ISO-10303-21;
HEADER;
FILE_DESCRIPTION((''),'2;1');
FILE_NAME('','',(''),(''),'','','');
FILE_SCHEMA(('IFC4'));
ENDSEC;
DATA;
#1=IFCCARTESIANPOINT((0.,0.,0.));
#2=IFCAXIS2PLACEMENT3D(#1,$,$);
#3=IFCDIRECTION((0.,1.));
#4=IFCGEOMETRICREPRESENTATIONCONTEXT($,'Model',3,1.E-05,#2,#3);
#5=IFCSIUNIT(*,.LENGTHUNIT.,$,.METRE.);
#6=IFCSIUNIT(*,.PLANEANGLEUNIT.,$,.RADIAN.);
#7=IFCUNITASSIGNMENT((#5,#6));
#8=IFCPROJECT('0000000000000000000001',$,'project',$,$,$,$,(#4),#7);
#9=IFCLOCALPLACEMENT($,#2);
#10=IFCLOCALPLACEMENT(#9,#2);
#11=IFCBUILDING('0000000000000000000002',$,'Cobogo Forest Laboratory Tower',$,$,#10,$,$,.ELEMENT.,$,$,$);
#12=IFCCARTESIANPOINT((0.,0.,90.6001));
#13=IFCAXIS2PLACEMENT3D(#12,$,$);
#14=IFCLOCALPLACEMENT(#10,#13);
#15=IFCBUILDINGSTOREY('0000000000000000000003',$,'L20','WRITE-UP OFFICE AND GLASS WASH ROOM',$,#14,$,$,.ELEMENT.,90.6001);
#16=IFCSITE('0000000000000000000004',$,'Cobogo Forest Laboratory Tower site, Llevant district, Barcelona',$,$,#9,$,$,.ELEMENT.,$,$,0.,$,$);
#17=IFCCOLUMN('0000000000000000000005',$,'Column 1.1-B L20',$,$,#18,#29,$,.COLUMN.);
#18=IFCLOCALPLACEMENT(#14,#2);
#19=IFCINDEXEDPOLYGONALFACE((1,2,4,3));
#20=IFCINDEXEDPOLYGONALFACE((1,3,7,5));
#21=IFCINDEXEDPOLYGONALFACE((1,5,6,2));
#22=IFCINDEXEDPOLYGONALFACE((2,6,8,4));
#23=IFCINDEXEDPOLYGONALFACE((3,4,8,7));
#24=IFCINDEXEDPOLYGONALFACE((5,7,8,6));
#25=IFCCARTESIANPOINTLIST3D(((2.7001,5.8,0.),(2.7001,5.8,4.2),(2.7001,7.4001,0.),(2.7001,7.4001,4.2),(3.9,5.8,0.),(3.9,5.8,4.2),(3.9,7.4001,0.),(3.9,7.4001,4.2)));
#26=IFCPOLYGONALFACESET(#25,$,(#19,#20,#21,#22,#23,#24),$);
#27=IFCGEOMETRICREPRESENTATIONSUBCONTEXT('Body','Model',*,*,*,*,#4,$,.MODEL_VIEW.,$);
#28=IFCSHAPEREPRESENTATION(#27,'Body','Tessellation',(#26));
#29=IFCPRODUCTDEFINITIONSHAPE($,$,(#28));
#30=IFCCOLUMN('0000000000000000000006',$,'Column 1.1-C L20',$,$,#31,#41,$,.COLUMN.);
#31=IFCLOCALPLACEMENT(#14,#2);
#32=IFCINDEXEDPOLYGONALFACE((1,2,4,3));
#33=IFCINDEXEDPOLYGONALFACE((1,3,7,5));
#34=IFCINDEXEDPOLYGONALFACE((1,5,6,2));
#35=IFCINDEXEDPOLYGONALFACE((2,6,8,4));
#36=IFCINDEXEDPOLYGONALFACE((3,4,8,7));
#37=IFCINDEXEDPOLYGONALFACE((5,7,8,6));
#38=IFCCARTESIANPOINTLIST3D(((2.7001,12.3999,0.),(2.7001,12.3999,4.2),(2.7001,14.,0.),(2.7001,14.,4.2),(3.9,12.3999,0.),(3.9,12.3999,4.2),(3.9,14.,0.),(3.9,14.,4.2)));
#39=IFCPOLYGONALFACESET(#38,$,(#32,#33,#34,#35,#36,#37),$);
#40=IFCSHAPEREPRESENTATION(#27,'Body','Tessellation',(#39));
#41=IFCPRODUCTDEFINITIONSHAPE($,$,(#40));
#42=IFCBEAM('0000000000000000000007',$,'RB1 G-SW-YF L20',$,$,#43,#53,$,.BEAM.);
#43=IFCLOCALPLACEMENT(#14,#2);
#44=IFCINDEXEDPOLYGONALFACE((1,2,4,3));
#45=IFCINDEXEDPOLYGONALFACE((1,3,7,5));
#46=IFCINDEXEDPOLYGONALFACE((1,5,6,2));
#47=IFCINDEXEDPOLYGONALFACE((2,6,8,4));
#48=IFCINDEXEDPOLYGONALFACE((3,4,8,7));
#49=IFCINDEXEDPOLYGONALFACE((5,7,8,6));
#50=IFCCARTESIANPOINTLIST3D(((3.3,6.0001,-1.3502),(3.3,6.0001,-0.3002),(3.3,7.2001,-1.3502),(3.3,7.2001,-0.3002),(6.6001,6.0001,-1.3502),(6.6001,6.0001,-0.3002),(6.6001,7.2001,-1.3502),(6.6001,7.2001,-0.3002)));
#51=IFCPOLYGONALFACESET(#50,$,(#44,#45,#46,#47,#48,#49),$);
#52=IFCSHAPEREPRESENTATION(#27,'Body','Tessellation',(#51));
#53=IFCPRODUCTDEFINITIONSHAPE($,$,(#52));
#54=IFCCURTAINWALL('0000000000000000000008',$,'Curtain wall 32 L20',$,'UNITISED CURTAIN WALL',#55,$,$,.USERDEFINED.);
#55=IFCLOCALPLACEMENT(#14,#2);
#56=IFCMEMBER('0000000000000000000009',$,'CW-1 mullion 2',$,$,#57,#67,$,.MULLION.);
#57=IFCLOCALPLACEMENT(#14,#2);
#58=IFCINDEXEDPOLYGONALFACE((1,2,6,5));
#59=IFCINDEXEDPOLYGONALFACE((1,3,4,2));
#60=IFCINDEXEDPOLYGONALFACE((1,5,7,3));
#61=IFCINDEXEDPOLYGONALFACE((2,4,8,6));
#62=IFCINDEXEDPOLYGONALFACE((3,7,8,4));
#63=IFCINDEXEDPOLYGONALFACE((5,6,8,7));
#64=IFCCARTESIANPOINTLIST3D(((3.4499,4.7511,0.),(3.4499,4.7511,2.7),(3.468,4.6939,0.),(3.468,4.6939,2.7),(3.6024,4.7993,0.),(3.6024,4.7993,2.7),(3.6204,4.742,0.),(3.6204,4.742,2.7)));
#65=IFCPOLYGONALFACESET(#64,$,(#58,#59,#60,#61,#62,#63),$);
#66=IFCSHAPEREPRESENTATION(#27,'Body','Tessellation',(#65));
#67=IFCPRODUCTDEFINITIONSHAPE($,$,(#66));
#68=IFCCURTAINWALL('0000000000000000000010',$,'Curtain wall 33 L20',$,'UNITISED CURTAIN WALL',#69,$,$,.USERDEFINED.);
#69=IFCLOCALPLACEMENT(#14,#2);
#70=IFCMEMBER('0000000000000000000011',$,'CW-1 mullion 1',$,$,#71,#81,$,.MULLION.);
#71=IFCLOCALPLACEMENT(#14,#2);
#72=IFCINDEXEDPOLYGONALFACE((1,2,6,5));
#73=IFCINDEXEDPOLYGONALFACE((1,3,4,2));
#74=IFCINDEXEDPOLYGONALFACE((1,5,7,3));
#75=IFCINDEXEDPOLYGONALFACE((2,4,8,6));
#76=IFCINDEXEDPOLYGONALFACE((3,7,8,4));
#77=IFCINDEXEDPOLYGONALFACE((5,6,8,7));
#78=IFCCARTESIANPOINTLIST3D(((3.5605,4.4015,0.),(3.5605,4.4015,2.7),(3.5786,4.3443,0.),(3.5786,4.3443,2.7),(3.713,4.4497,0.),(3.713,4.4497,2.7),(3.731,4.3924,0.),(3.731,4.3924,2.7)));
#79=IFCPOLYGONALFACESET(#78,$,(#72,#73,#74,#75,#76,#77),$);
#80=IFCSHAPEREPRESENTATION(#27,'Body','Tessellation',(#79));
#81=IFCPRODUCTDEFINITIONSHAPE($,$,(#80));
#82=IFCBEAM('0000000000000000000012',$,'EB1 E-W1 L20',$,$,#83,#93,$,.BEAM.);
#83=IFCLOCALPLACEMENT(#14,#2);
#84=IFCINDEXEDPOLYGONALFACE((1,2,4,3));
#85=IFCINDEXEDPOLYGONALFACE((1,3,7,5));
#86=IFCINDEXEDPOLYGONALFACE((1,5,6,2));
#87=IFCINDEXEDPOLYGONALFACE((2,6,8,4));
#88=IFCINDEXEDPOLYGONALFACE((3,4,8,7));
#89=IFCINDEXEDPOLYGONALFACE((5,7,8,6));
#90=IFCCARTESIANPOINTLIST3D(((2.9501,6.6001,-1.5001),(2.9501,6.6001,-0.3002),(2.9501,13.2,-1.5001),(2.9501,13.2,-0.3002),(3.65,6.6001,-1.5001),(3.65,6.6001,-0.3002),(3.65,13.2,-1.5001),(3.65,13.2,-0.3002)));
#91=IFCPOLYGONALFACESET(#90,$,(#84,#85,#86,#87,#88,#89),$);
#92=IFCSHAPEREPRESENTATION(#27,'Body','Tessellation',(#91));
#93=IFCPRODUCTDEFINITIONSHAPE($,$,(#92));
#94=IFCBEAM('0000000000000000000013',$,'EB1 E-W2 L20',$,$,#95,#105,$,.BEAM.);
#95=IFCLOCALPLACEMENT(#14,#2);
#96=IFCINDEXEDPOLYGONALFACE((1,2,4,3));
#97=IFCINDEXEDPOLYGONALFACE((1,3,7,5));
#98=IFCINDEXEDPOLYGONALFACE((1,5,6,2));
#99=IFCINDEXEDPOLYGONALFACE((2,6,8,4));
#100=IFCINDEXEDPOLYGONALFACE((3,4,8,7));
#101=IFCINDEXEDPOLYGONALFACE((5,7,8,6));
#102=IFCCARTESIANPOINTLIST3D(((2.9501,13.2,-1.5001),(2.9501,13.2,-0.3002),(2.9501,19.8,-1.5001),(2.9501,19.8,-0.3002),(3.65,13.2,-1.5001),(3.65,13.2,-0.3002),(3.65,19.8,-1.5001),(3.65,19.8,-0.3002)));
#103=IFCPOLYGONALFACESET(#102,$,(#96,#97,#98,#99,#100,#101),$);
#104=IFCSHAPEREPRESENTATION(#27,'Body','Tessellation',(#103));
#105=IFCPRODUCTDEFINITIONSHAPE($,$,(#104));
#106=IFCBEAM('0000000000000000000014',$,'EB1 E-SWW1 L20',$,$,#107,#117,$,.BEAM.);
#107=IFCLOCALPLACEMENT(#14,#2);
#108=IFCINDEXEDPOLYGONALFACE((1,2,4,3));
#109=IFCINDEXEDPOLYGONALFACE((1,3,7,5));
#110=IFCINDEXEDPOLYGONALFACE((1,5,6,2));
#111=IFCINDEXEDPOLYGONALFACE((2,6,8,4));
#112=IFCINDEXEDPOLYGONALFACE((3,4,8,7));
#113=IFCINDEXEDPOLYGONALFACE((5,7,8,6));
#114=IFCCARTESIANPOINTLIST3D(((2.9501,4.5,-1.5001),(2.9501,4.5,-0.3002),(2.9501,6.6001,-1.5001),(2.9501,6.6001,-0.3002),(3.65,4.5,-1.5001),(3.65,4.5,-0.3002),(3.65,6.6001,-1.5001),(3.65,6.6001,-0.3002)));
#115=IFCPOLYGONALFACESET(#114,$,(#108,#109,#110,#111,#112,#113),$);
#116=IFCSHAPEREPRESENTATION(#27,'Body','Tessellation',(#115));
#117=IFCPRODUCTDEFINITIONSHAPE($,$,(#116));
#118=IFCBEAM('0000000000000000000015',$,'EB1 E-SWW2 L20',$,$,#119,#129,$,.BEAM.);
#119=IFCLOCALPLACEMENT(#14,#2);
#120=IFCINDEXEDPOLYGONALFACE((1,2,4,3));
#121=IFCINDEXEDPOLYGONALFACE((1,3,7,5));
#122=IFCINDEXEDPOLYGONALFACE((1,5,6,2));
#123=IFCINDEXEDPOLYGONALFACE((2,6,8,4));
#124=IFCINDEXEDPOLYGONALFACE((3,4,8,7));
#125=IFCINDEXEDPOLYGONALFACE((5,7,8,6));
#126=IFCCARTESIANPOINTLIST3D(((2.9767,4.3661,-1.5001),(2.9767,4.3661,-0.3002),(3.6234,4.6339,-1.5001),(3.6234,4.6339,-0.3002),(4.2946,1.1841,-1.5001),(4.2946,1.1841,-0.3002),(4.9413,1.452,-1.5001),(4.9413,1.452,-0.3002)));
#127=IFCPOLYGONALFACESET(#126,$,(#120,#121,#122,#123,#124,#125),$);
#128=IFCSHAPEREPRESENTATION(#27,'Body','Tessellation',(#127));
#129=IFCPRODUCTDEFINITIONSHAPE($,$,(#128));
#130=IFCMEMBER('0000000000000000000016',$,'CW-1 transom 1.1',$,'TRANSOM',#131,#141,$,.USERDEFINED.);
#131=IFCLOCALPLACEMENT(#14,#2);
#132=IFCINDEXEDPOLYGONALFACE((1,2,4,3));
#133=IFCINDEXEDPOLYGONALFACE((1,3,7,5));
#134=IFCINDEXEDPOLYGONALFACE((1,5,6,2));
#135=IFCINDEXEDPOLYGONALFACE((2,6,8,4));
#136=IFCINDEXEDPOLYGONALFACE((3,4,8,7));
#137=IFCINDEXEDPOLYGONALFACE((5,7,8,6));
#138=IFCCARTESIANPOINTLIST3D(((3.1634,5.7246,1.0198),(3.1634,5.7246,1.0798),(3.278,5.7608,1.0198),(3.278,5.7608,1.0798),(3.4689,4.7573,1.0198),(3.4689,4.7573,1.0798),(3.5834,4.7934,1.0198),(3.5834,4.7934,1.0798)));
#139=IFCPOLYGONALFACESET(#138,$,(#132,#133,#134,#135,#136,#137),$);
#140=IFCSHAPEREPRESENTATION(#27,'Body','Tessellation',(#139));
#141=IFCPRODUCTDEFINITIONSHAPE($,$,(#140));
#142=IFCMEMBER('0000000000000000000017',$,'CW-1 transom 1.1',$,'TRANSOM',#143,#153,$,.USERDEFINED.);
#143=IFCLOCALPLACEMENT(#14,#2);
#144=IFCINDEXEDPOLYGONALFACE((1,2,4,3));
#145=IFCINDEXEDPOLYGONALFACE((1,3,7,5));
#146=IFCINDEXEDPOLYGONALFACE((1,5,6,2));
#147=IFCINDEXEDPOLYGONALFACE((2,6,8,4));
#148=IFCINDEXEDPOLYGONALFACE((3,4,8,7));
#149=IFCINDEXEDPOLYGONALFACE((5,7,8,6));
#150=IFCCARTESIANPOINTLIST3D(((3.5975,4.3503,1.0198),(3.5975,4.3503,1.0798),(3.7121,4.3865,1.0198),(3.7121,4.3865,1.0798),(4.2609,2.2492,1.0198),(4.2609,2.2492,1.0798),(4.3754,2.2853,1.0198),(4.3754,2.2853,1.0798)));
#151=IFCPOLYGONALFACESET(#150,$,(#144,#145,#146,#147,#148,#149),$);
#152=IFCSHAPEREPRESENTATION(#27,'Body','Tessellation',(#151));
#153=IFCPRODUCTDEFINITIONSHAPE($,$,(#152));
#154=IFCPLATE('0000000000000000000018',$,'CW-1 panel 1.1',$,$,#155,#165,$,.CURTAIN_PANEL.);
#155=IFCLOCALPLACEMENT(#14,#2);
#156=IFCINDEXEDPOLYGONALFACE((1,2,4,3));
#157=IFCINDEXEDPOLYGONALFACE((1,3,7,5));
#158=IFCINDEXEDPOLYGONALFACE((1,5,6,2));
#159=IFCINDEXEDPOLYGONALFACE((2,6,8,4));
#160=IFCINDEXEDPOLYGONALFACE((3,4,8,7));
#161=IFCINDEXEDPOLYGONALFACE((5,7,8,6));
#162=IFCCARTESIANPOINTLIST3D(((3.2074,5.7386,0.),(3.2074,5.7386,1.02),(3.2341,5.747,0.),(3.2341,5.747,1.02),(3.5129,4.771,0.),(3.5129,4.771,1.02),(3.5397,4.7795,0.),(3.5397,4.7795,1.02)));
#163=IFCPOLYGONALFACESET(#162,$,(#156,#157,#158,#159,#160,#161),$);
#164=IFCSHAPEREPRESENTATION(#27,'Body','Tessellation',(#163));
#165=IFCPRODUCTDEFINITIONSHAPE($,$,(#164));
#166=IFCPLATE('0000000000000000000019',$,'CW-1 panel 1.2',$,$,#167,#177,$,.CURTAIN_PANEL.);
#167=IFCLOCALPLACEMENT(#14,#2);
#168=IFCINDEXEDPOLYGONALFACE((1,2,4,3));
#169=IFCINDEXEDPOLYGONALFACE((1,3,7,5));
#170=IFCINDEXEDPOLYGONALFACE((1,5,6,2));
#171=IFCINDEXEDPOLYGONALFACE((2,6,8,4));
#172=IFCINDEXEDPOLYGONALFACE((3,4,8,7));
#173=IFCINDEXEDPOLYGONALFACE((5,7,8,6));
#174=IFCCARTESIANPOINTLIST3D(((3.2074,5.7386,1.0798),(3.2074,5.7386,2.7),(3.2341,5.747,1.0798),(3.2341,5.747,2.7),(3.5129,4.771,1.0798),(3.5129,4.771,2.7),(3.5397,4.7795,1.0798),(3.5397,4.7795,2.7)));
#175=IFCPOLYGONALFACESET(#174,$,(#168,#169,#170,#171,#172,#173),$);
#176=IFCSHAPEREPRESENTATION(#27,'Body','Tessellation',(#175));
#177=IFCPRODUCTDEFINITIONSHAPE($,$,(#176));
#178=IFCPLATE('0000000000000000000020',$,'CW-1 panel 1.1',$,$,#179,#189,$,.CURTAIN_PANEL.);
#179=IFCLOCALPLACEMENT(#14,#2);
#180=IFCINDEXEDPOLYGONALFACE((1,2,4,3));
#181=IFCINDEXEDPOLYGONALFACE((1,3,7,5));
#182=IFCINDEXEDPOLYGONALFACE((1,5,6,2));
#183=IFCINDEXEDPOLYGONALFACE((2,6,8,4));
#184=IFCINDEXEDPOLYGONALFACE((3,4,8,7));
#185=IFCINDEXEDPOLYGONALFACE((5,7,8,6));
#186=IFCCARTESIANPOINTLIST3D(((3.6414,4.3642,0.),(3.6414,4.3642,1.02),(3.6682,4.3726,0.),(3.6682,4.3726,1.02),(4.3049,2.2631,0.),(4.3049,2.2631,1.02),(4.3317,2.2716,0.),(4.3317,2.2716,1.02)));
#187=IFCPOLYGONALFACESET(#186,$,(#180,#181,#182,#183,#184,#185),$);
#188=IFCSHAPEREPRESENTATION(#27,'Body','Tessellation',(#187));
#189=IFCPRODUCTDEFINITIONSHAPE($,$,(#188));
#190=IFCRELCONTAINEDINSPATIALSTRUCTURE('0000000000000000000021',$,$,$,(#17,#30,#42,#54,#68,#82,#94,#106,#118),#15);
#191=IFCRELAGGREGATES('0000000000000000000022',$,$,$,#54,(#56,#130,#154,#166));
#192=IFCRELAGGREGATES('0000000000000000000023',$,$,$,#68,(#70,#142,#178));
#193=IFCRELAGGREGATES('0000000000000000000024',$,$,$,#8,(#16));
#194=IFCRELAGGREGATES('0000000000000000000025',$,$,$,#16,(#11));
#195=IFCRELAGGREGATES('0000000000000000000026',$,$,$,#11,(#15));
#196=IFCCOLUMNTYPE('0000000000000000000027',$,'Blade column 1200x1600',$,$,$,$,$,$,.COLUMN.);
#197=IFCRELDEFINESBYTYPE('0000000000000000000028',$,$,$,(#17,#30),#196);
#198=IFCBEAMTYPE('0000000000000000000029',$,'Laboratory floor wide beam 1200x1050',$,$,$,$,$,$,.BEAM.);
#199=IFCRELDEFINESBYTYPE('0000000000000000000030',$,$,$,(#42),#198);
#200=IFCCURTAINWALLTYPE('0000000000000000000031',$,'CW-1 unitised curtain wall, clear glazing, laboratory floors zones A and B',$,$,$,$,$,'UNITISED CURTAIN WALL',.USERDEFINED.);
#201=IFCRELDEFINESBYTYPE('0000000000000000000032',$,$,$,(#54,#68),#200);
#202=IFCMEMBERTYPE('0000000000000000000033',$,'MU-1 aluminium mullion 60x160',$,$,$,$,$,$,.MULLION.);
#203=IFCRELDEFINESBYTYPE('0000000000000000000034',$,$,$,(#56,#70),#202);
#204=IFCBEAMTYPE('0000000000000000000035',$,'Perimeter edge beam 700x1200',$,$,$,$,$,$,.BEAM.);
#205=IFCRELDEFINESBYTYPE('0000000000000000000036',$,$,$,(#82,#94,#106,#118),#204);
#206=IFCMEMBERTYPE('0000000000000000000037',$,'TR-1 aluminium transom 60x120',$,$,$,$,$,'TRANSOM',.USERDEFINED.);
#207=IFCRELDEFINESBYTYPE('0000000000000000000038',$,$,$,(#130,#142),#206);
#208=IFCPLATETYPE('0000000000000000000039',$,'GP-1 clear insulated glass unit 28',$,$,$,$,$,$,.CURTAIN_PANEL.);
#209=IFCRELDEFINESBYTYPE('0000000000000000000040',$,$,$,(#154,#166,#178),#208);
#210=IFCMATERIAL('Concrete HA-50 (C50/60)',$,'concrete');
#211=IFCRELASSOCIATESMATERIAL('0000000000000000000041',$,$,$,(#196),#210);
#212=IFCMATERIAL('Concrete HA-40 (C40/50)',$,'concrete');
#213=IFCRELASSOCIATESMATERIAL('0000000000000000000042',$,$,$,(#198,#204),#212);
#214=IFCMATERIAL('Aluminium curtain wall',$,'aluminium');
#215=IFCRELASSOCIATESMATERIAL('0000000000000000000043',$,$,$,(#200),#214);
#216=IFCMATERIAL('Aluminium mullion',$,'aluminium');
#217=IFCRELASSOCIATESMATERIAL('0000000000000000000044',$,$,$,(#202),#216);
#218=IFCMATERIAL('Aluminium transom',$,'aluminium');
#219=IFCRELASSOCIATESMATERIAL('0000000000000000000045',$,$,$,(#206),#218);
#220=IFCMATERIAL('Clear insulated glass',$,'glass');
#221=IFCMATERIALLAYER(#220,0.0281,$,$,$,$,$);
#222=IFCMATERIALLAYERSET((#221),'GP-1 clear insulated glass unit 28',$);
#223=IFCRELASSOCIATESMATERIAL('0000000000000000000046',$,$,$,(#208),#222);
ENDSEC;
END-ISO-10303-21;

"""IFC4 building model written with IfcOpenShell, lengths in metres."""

from ifc_helpers import new_model, si_unit, direction, frame, origin, origin_2d, place, context, subcontext, project, spatial, rectangle, extrude, material, layer, layer_set, material_profile, profile_set, type_object, element, aggregate, save


model = new_model("IFC4")

# Units and contexts
model_context = context("Model", 3, precision=1e-05, world=origin(), true_north=direction((0.0, 1.0)))
body_context = subcontext(model_context, "Body", "Model", "MODEL_VIEW")
ifc_project = project(units=[si_unit("LENGTHUNIT", "METRE"), si_unit("PLANEANGLEUNIT", "RADIAN")], contexts=[model_context])

# Site, building, storey
site_placement = place(None, origin())
site = spatial("IfcSite", under=ifc_project, at=site_placement, Name="Cobogo Forest Laboratory Tower site, Llevant district, Barcelona", CompositionType="ELEMENT", RefElevation=0.0)
building_placement = place(site_placement, origin())
building = spatial("IfcBuilding", under=site, at=building_placement, Name="Cobogo Forest Laboratory Tower", CompositionType="ELEMENT")
storey_placement = place(building_placement, frame((0.0, 0.0, 90.6001)))
storey = spatial("IfcBuildingStorey", under=building, at=storey_placement, Name="L20", Description="WRITE-UP OFFICE AND GLASS WASH ROOM", CompositionType="ELEMENT", Elevation=90.6001)

# Columns
ifc_material_1 = material(Name="Concrete HA-50 (C50/60)", Category="concrete")
ifc_material_profile_1 = material_profile(ifc_material_1, rectangle(XDim=1.6001, YDim=1.2, at=origin_2d()), Name="RC 1200x1600")
ifc_profile_set_1 = profile_set([ifc_material_profile_1], Name="Concrete HA-50 (C50/60)")
column_type = type_object("IfcColumnType", Name="Blade column 1200x1600", PredefinedType="COLUMN", material=ifc_profile_set_1)
for number, where, z_axis, x_axis, name in (
    (1, (3.3, 6.6001, 0.0), (0.0, 0.0, 1.0), (0.0, 1.0, 0.0), "Column 1.1-B L20"),
    (2, (3.3, 13.2, 0.0), (0.0, 0.0, 1.0), (0.0, 1.0, 0.0), "Column 1.1-C L20"),
):
    element("IfcColumn", number, at=place(storey_placement, frame(where, z_axis=z_axis, x_axis=x_axis)), inside=storey, type_object=column_type, Name=name, PredefinedType="COLUMN", context=body_context, shape_type="SweptSolid", body=[
        extrude(rectangle(XDim=1.6001, YDim=1.2, at=origin_2d()), origin(), (0.0, 0.0, 1.0), 4.2),
    ])

# Beam
ifc_material_2 = material(Name="Concrete HA-40 (C40/50)", Category="concrete")
ifc_material_profile_2 = material_profile(ifc_material_2, rectangle(XDim=1.2, YDim=1.05, at=origin_2d()), Name="RC 1200x1050")
ifc_profile_set_2 = profile_set([ifc_material_profile_2], Name="Concrete HA-40 (C40/50)")
beam_type_1 = type_object("IfcBeamType", Name="Laboratory floor wide beam 1200x1050", PredefinedType="BEAM", material=ifc_profile_set_2)
beam_1_placement = place(storey_placement, frame((3.3, 6.6001, -0.8252), z_axis=(1.0, 0.0, 0.0), x_axis=(0.0, 1.0, 0.0)))
element("IfcBeam", 3, at=beam_1_placement, inside=storey, type_object=beam_type_1, Name="RB1 G-SW-YF L20", PredefinedType="BEAM", context=body_context, shape_type="SweptSolid", body=[
    extrude(rectangle(XDim=1.2, YDim=1.05, at=origin_2d()), origin(), (0.0, 0.0, 1.0), 3.3),
])

# Curtain walls, members
ifc_material_3 = material(Name="Aluminium curtain wall", Category="aluminium")
curtain_wall_type = type_object("IfcCurtainWallType", Name="CW-1 unitised curtain wall, clear glazing, laboratory floors zones A and B", ElementType="UNITISED CURTAIN WALL", PredefinedType="USERDEFINED", material=ifc_material_3)
curtain_wall_1_placement = place(storey_placement, origin())
curtain_wall_1 = element("IfcCurtainWall", 4, at=curtain_wall_1_placement, inside=storey, type_object=curtain_wall_type, Name="Curtain wall 32 L20", ObjectType="UNITISED CURTAIN WALL", PredefinedType="USERDEFINED")
ifc_material_4 = material(Name="Aluminium mullion", Category="aluminium")
ifc_material_profile_3 = material_profile(ifc_material_4, rectangle(XDim=0.0601, YDim=0.1599, at=origin_2d()), Name="AL 60x160")
ifc_profile_set_3 = profile_set([ifc_material_profile_3], Name="Aluminium mullion")
member_type_1 = type_object("IfcMemberType", Name="MU-1 aluminium mullion 60x160", PredefinedType="MULLION", material=ifc_profile_set_3)
member_1_placement = place(storey_placement, frame((3.5352, 4.7466, 0.0), z_axis=(0.0, 0.0, 1.0), x_axis=(0.301136, -0.953581, 0.0)))
member_1 = element("IfcMember", 5, at=member_1_placement, type_object=member_type_1, Name="CW-1 mullion 2", PredefinedType="MULLION", context=body_context, shape_type="SweptSolid", body=[
    extrude(rectangle(XDim=0.0601, YDim=0.1599, at=origin_2d()), origin(), (0.0, 0.0, 1.0), 2.7),
])
curtain_wall_2_placement = place(storey_placement, origin())
curtain_wall_2 = element("IfcCurtainWall", 6, at=curtain_wall_2_placement, inside=storey, type_object=curtain_wall_type, Name="Curtain wall 33 L20", ObjectType="UNITISED CURTAIN WALL", PredefinedType="USERDEFINED")
member_2_placement = place(storey_placement, frame((3.6458, 4.397, 0.0), z_axis=(0.0, 0.0, 1.0), x_axis=(0.301135, -0.953581, 0.0)))
member_2 = element("IfcMember", 7, at=member_2_placement, type_object=member_type_1, Name="CW-1 mullion 1", PredefinedType="MULLION", context=body_context, shape_type="SweptSolid", body=[
    extrude(rectangle(XDim=0.0601, YDim=0.1599, at=origin_2d()), origin(), (0.0, 0.0, 1.0), 2.7),
])

# Beams
ifc_material_profile_4 = material_profile(ifc_material_2, rectangle(XDim=0.7, YDim=1.2, at=origin_2d()), Name="RC 700x1200")
ifc_profile_set_4 = profile_set([ifc_material_profile_4], Name="Concrete HA-40 (C40/50)")
beam_type_2 = type_object("IfcBeamType", Name="Perimeter edge beam 700x1200", PredefinedType="BEAM", material=ifc_profile_set_4)
beam_2_placement = place(storey_placement, frame((3.3, 6.6001, -0.9001), z_axis=(0.0, 1.0, 0.0), x_axis=(-1.0, 0.0, 0.0)))
element("IfcBeam", 8, at=beam_2_placement, inside=storey, type_object=beam_type_2, Name="EB1 E-W1 L20", PredefinedType="BEAM", context=body_context, shape_type="SweptSolid", body=[
    extrude(rectangle(XDim=0.7, YDim=1.2, at=origin_2d()), origin(), (0.0, 0.0, 1.0), 6.5999),
])
beam_3_placement = place(storey_placement, frame((3.3, 13.2, -0.9001), z_axis=(0.0, 1.0, 0.0), x_axis=(-1.0, 0.0, 0.0)))
element("IfcBeam", 9, at=beam_3_placement, inside=storey, type_object=beam_type_2, Name="EB1 E-W2 L20", PredefinedType="BEAM", context=body_context, shape_type="SweptSolid", body=[
    extrude(rectangle(XDim=0.7, YDim=1.2, at=origin_2d()), origin(), (0.0, 0.0, 1.0), 6.6001),
])
beam_4_placement = place(storey_placement, frame((3.3, 6.6001, -0.9001), z_axis=(0.0, -1.0, 0.0), x_axis=(1.0, 0.0, 0.0)))
element("IfcBeam", 10, at=beam_4_placement, inside=storey, type_object=beam_type_2, Name="EB1 E-SWW1 L20", PredefinedType="BEAM", context=body_context, shape_type="SweptSolid", body=[
    extrude(rectangle(XDim=0.7, YDim=1.2, at=origin_2d()), origin(), (0.0, 0.0, 1.0), 2.1001),
])
beam_5_placement = place(storey_placement, frame((3.3, 4.5, -0.9001), z_axis=(0.382656, -0.923891, 0.0), x_axis=(0.923891, 0.382656, 0.0)))
element("IfcBeam", 11, at=beam_5_placement, inside=storey, type_object=beam_type_2, Name="EB1 E-SWW2 L20", PredefinedType="BEAM", context=body_context, shape_type="SweptSolid", body=[
    extrude(rectangle(XDim=0.7, YDim=1.2, at=origin_2d()), origin(), (0.0, 0.0, 1.0), 3.4441),
])

# Members
ifc_material_5 = material(Name="Aluminium transom", Category="aluminium")
ifc_material_profile_5 = material_profile(ifc_material_5, rectangle(XDim=0.1201, YDim=0.0601, at=origin_2d()), Name="AL 60x120")
ifc_profile_set_5 = profile_set([ifc_material_profile_5], Name="Aluminium transom")
member_type_2 = type_object("IfcMemberType", Name="TR-1 aluminium transom 60x120", ElementType="TRANSOM", PredefinedType="USERDEFINED", material=ifc_profile_set_5)
member_3_placement = place(storey_placement, frame((3.2207, 5.7427, 1.0498), z_axis=(0.301097, -0.953594, 0.0), x_axis=(0.953594, 0.301097, 0.0)))
member_3 = element("IfcMember", 12, at=member_3_placement, type_object=member_type_2, Name="CW-1 transom 1.1", ObjectType="TRANSOM", PredefinedType="USERDEFINED", context=body_context, shape_type="SweptSolid", body=[
    extrude(rectangle(XDim=0.1201, YDim=0.0601, at=origin_2d()), origin(), (0.0, 0.0, 1.0), 1.0144),
])
member_4_placement = place(storey_placement, frame((3.6548, 4.3684, 1.0498), z_axis=(0.301062, -0.953604, 0.0), x_axis=(0.953604, 0.301062, 0.0)))
member_4 = element("IfcMember", 13, at=member_4_placement, type_object=member_type_2, Name="CW-1 transom 1.1", ObjectType="TRANSOM", PredefinedType="USERDEFINED", context=body_context, shape_type="SweptSolid", body=[
    extrude(rectangle(XDim=0.1201, YDim=0.0601, at=origin_2d()), origin(), (0.0, 0.0, 1.0), 2.2034),
])

# Plates
ifc_material_6 = material(Name="Clear insulated glass", Category="glass")
ifc_layer_1 = layer(ifc_material_6, 0.0281)
ifc_layer_set_1 = layer_set([ifc_layer_1], Name="GP-1 clear insulated glass unit 28")
plate_type = type_object("IfcPlateType", Name="GP-1 clear insulated glass unit 28", PredefinedType="CURTAIN_PANEL", material=ifc_layer_set_1)
plate_1_placement = place(storey_placement, frame((3.3735, 5.259, 0.0), z_axis=(0.0, 0.0, 1.0), x_axis=(0.301136, -0.953581, 0.0)))
plate_1 = element("IfcPlate", 14, at=plate_1_placement, type_object=plate_type, Name="CW-1 panel 1.1", PredefinedType="CURTAIN_PANEL", context=body_context, shape_type="SweptSolid", body=[
    extrude(rectangle(XDim=1.0146, YDim=0.0281, at=origin_2d()), origin(), (0.0, 0.0, 1.0), 1.02),
])
plate_2_placement = place(storey_placement, frame((3.3735, 5.259, 1.0798), z_axis=(0.0, 0.0, 1.0), x_axis=(0.301136, -0.953581, 0.0)))
plate_2 = element("IfcPlate", 15, at=plate_2_placement, type_object=plate_type, Name="CW-1 panel 1.2", PredefinedType="CURTAIN_PANEL", context=body_context, shape_type="SweptSolid", body=[
    extrude(rectangle(XDim=1.0146, YDim=0.0281, at=origin_2d()), origin(), (0.0, 0.0, 1.0), 1.6201),
])
aggregate(curtain_wall_1, [member_1, member_3, plate_1, plate_2])
plate_3_placement = place(storey_placement, frame((3.9866, 3.3179, 0.0), z_axis=(0.0, 0.0, 1.0), x_axis=(0.301135, -0.953581, 0.0)))
plate_3 = element("IfcPlate", 16, at=plate_3_placement, type_object=plate_type, Name="CW-1 panel 1.1", PredefinedType="CURTAIN_PANEL", context=body_context, shape_type="SweptSolid", body=[
    extrude(rectangle(XDim=2.2034, YDim=0.0281, at=origin_2d()), origin(), (0.0, 0.0, 1.0), 1.02),
])
aggregate(curtain_wall_2, [member_2, member_4, plate_3])

save(model, "model.ifc")
